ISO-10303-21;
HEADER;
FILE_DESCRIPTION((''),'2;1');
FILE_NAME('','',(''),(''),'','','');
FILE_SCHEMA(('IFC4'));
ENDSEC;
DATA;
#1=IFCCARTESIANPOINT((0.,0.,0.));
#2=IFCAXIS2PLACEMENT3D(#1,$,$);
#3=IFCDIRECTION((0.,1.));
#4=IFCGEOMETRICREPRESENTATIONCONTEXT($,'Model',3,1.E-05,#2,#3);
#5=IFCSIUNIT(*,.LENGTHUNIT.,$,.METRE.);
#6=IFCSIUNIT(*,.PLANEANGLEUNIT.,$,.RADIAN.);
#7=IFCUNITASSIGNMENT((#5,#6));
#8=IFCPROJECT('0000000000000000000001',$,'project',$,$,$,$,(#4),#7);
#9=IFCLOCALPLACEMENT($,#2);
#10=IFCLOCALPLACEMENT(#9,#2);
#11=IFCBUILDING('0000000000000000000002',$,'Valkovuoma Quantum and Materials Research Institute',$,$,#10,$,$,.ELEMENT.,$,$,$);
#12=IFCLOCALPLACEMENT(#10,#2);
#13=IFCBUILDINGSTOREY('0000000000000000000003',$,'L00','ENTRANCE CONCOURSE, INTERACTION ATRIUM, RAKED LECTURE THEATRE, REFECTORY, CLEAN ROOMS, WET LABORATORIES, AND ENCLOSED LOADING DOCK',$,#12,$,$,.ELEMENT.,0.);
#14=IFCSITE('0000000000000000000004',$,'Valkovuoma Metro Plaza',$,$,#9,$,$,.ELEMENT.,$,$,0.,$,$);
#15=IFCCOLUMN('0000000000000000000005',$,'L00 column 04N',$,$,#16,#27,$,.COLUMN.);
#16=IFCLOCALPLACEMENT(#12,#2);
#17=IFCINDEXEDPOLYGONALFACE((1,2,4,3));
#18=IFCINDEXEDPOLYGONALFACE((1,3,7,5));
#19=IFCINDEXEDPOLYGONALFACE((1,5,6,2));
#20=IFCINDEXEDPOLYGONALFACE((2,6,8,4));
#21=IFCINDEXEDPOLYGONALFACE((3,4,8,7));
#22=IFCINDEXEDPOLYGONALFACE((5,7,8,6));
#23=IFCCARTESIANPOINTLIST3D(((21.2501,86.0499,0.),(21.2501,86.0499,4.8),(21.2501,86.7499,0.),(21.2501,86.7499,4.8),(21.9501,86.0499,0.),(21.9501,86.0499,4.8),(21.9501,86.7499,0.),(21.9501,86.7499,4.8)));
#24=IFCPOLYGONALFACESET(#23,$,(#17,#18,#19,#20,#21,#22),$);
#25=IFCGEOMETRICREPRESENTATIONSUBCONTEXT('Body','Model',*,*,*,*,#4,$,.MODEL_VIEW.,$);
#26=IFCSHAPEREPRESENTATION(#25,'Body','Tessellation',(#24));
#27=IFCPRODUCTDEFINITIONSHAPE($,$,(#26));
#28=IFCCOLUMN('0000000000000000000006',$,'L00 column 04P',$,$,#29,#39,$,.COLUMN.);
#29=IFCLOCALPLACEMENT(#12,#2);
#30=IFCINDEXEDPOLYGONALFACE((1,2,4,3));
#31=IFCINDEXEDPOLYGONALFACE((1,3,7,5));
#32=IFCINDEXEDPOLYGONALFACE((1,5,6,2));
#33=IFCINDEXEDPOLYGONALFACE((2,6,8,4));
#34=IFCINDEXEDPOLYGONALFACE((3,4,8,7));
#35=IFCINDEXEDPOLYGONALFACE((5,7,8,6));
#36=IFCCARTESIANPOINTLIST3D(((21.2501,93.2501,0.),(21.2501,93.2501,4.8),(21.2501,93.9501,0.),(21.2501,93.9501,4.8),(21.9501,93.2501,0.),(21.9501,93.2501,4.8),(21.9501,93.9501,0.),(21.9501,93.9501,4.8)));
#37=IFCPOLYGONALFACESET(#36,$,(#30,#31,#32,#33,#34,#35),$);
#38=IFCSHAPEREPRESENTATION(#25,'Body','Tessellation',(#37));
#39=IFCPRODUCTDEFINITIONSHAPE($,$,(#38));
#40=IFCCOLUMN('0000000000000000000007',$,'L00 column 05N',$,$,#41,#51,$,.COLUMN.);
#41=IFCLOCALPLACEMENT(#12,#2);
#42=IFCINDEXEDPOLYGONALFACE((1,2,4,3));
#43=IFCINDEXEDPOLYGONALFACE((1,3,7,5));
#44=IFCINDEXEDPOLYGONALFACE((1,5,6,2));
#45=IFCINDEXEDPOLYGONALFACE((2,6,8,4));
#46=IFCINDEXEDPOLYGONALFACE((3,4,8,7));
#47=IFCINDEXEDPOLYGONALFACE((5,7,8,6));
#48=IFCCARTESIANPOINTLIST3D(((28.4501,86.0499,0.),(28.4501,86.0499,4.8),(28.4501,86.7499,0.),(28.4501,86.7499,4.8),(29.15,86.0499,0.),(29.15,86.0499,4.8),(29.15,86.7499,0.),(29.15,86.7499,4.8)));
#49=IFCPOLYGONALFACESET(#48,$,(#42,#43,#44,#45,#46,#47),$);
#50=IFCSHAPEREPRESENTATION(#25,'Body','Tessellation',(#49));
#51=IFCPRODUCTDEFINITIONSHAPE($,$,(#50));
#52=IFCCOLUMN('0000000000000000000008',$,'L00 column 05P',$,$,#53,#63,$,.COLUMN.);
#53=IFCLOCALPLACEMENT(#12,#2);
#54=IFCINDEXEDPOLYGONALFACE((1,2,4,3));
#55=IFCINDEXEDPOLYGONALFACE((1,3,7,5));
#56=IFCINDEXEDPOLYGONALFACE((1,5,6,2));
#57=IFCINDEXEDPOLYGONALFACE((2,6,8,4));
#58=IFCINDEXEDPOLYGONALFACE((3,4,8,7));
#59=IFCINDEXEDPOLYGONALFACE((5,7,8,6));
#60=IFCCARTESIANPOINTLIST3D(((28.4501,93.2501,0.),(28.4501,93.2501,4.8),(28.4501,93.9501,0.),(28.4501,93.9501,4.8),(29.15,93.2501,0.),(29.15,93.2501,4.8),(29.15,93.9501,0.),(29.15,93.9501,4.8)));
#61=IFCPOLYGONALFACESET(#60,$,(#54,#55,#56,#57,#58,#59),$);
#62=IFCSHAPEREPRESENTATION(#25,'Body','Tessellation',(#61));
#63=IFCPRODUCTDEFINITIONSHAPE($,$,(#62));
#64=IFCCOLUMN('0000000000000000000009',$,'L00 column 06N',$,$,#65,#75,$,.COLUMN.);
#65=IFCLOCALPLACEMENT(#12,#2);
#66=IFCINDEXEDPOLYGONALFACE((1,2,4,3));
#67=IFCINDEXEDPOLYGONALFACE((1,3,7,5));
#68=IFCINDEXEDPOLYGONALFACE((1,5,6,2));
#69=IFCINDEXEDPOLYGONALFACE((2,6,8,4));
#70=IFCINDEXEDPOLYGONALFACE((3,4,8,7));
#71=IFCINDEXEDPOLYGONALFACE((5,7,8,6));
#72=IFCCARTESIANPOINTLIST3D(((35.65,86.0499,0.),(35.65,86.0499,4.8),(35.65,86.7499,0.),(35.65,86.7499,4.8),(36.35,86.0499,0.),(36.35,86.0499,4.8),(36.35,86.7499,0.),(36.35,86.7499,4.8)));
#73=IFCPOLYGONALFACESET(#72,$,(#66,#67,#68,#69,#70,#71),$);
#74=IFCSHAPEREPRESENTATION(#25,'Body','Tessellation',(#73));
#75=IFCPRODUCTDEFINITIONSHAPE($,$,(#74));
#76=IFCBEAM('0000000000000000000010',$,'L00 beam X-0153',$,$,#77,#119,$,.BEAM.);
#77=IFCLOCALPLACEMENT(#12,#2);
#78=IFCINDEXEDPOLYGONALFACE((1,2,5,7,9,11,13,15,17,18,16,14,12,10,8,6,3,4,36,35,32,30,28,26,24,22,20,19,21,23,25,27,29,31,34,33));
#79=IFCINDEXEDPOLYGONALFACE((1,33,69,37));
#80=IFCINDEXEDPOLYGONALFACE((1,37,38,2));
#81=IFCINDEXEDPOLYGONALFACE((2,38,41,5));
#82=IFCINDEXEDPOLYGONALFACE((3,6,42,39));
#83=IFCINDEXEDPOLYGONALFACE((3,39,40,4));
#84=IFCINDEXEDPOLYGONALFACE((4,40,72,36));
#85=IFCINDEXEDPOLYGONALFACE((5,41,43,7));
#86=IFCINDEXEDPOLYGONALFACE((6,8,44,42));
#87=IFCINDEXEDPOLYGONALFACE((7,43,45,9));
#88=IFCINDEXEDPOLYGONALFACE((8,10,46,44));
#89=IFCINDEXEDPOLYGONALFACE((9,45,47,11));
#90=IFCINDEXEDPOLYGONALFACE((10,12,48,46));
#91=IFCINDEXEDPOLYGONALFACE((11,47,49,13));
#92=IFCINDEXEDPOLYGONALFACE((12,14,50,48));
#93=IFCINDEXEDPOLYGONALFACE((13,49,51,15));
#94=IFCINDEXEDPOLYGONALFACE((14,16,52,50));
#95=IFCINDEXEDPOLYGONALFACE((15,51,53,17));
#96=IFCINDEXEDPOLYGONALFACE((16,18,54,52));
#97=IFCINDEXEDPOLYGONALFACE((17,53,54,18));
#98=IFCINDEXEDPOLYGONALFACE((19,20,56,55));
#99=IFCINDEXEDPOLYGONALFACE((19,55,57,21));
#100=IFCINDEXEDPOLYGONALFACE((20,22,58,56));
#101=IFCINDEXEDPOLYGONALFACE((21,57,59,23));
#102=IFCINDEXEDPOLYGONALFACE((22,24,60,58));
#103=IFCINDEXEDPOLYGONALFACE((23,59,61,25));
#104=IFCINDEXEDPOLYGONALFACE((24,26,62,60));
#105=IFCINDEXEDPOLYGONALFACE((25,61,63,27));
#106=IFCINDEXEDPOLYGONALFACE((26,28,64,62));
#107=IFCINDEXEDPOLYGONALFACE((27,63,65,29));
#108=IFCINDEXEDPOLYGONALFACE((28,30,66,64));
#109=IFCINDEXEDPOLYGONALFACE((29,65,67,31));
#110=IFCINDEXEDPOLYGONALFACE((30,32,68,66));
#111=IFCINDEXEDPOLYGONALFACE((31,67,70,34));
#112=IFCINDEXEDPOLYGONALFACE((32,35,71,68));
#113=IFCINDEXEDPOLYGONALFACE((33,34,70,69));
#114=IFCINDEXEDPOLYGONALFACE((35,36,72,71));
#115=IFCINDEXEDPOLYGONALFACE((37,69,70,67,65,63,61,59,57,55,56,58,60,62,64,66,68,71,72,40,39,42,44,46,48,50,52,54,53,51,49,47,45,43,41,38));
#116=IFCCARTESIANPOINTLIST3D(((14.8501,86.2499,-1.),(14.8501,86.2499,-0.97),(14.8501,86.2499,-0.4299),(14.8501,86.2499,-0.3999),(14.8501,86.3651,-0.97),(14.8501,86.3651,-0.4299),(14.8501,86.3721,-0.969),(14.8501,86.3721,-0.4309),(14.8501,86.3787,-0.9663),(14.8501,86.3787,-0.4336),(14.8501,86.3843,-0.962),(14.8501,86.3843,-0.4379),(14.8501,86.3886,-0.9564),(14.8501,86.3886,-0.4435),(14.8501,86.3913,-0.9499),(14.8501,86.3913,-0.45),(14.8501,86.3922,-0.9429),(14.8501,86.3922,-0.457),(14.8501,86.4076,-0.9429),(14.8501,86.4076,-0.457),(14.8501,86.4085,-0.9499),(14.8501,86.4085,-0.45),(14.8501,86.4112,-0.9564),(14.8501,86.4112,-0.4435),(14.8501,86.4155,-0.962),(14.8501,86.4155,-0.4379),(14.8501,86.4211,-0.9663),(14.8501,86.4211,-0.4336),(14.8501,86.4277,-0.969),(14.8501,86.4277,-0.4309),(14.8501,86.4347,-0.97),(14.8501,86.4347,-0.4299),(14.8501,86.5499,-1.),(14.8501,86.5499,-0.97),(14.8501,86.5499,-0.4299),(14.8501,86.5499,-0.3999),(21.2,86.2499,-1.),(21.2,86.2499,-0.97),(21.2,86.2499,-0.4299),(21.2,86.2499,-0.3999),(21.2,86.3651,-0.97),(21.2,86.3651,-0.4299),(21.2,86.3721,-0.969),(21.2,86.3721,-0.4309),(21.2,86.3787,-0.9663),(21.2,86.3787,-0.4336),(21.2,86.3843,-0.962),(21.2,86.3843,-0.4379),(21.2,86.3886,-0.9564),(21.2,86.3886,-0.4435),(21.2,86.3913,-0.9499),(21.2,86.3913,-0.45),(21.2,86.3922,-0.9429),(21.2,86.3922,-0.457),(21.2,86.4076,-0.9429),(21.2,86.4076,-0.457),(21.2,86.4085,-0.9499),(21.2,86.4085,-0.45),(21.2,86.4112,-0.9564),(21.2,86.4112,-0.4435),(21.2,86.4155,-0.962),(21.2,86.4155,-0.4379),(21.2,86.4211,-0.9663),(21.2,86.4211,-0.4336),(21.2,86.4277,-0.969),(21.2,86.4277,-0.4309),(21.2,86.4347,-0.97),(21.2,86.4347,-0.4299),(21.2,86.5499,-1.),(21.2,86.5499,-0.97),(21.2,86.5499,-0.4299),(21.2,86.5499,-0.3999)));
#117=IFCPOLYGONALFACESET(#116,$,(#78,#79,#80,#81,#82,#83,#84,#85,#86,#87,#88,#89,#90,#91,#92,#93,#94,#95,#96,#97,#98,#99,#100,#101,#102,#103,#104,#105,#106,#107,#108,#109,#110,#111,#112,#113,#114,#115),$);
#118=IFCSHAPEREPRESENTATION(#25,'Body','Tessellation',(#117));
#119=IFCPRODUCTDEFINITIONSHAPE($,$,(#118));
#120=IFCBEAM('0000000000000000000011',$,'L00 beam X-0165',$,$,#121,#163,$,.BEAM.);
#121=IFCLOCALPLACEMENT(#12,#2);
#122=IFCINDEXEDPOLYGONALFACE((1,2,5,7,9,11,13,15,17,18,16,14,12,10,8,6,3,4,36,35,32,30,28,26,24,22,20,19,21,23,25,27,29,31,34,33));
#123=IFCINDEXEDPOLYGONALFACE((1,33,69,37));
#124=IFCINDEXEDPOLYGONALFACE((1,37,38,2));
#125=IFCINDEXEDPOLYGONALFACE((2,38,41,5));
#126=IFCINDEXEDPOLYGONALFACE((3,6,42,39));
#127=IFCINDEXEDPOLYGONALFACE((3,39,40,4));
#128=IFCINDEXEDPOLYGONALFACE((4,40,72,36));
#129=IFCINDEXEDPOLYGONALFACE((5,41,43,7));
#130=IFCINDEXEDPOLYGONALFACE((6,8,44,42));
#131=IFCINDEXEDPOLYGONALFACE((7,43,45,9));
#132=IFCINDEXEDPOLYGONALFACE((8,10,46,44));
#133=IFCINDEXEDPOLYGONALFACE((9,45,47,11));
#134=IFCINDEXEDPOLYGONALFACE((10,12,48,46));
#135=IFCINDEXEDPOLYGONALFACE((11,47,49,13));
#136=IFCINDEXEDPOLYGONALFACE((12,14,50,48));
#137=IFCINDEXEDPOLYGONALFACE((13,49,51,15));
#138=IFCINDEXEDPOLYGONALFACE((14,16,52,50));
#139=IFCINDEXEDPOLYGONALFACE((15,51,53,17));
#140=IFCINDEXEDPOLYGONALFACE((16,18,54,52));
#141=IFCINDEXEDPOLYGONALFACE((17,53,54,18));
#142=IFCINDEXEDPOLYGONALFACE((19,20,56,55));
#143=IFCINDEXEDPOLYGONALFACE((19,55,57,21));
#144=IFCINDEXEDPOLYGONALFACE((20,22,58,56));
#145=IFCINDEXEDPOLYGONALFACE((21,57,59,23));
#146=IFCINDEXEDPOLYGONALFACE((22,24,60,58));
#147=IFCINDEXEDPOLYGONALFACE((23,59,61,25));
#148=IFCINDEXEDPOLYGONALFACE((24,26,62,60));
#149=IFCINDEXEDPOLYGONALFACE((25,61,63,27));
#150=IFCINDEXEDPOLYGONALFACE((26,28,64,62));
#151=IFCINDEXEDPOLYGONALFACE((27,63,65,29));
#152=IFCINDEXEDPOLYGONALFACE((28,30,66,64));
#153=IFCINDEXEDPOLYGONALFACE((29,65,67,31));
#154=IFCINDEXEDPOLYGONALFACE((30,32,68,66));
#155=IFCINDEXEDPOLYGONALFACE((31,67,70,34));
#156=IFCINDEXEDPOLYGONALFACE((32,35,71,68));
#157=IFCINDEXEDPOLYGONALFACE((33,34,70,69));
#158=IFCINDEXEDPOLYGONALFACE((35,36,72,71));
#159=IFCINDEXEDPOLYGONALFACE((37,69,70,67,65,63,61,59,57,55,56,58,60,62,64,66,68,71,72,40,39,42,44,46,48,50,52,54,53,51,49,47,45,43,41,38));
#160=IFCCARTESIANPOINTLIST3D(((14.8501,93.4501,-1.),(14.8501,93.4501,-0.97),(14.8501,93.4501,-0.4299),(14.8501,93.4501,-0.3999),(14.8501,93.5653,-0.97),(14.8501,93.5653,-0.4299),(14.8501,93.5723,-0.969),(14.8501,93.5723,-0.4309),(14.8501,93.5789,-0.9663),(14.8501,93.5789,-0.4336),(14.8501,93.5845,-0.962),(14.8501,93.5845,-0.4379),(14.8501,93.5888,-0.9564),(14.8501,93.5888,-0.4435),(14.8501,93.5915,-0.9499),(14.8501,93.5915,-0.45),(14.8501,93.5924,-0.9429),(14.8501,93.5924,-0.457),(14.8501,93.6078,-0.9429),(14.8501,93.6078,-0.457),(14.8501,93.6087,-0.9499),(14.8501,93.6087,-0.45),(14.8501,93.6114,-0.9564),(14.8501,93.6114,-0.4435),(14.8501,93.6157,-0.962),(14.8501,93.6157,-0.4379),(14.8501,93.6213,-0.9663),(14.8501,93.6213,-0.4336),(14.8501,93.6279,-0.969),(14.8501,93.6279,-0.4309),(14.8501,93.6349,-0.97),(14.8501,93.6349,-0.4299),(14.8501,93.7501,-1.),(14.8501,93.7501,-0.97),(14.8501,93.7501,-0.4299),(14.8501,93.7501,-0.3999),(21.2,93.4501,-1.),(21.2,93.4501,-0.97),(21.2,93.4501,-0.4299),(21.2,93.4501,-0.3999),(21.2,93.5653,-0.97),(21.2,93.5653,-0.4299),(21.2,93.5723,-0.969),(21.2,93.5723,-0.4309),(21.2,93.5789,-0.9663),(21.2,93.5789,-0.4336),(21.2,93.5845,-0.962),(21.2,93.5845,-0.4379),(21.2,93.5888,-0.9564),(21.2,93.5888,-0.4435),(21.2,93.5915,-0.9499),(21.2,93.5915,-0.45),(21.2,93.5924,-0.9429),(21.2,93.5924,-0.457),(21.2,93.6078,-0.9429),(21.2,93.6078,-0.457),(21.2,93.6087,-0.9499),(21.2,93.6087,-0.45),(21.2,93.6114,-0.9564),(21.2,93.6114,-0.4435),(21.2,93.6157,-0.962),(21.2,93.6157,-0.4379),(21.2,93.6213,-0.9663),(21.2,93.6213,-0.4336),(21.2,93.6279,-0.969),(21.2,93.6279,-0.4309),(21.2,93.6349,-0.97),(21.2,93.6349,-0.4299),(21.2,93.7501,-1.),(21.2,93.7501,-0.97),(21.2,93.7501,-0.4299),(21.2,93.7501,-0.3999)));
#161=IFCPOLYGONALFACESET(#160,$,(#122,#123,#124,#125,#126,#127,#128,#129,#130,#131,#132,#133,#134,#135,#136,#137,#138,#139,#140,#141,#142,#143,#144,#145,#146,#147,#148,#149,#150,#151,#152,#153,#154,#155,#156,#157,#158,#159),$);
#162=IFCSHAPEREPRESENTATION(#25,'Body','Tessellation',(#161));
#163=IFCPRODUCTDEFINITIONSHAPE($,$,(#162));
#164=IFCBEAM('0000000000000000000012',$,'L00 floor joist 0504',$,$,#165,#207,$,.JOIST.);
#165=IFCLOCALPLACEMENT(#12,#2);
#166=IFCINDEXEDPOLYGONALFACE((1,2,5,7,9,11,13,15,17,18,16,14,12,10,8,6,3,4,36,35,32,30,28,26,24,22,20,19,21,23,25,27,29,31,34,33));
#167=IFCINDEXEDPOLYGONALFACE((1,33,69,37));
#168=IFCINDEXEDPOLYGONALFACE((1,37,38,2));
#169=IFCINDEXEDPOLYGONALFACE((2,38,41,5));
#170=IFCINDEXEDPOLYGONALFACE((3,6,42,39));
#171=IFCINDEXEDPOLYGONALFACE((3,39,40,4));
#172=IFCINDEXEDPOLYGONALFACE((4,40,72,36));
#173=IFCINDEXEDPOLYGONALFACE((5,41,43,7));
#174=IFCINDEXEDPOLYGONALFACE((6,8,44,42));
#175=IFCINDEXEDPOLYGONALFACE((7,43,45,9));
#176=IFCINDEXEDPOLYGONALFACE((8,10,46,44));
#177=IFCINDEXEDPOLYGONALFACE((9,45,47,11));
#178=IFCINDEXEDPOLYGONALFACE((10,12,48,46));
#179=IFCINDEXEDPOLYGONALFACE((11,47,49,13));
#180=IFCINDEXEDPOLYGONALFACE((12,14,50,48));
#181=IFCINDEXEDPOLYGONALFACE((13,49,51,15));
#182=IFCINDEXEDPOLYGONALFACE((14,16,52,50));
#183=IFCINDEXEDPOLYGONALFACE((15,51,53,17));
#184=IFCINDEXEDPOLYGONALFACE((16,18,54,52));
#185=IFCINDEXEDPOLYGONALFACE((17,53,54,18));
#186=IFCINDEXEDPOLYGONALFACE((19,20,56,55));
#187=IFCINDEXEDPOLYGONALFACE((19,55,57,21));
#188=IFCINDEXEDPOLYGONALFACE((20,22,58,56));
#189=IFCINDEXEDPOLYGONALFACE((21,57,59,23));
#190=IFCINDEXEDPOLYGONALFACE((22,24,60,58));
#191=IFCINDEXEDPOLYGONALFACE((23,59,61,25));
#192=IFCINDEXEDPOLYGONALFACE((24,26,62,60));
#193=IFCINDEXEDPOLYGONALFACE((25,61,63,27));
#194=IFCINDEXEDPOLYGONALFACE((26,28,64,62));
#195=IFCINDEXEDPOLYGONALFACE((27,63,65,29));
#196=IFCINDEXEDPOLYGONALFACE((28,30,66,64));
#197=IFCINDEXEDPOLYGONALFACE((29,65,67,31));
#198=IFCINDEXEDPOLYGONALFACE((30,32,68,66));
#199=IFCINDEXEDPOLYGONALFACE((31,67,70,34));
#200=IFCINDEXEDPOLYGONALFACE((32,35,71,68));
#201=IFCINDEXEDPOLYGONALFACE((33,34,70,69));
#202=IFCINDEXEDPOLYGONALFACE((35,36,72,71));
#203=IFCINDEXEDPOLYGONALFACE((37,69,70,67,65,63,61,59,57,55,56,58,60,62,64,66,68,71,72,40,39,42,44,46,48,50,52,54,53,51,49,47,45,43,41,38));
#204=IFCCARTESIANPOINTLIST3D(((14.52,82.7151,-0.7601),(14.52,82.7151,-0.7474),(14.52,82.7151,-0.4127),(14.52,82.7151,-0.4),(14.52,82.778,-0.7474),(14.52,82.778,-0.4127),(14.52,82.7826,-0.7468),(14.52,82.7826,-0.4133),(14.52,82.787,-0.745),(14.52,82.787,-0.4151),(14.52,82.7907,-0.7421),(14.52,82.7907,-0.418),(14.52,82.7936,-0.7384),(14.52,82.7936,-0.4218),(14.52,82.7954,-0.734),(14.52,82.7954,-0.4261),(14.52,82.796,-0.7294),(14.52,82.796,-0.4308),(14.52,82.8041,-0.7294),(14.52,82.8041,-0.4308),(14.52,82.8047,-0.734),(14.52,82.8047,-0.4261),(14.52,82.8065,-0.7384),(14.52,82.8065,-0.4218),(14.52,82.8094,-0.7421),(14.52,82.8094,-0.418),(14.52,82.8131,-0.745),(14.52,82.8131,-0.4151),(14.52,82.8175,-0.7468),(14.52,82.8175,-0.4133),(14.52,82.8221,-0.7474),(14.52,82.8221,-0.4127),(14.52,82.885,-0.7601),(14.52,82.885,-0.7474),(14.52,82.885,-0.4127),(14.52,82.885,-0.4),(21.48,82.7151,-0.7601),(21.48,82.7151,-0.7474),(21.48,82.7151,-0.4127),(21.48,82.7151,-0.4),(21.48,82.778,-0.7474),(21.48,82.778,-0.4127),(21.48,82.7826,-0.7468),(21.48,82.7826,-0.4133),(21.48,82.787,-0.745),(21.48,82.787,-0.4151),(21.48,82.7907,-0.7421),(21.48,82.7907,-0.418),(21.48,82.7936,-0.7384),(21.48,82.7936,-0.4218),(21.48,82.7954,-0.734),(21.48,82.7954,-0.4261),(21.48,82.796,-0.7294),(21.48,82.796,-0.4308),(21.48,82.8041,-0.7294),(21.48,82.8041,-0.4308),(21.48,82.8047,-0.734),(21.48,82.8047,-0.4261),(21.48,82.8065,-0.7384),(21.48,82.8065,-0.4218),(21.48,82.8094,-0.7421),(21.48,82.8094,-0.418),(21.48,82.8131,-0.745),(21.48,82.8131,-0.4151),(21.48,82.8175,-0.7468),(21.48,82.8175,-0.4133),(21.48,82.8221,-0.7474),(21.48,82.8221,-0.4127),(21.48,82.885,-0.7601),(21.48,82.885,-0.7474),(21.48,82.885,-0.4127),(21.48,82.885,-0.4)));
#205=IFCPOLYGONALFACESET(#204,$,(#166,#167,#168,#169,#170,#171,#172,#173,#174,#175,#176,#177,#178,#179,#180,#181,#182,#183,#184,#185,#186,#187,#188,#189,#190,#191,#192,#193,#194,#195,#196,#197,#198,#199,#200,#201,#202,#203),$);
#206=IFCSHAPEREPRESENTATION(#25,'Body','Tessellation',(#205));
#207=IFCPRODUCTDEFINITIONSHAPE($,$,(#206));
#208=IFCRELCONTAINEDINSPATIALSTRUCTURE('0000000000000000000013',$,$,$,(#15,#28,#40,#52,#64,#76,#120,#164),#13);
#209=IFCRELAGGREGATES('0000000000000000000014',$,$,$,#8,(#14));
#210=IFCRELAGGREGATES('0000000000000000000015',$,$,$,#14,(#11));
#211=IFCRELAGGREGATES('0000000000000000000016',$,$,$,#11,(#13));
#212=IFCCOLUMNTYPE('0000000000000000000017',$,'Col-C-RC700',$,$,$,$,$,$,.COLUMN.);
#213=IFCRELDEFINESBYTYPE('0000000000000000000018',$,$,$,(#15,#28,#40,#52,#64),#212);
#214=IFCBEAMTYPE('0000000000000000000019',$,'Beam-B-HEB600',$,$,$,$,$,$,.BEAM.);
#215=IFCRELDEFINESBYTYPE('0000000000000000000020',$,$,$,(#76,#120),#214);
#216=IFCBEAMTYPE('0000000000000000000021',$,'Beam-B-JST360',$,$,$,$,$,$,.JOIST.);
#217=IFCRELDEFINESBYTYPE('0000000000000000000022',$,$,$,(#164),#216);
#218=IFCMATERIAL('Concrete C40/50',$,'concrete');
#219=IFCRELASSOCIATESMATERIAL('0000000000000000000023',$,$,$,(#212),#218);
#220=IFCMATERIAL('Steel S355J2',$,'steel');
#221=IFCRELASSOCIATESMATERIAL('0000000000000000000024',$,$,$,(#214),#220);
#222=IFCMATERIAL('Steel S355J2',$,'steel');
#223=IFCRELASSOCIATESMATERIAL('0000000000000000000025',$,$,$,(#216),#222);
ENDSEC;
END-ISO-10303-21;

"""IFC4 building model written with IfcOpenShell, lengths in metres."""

from ifc_helpers import new_model, si_unit, direction, frame, origin, origin_2d, place, context, subcontext, project, spatial, rectangle, i_section, extrude, material, material_profile, profile_set, type_object, element, save


model = new_model("IFC4")

# Units and contexts
model_context = context("Model", 3, precision=1e-05, world=origin(), true_north=direction((0.0, 1.0)))
body_context = subcontext(model_context, "Body", "Model", "MODEL_VIEW")
ifc_project = project(units=[si_unit("LENGTHUNIT", "METRE"), si_unit("PLANEANGLEUNIT", "RADIAN")], contexts=[model_context])

# Site, building, storey
site_placement = place(None, origin())
site = spatial("IfcSite", under=ifc_project, at=site_placement, Name="Valkovuoma Metro Plaza", CompositionType="ELEMENT", RefElevation=0.0)
building_placement = place(site_placement, origin())
building = spatial("IfcBuilding", under=site, at=building_placement, Name="Valkovuoma Quantum and Materials Research Institute", CompositionType="ELEMENT")
storey_placement = place(building_placement, origin())
storey = spatial("IfcBuildingStorey", under=building, at=storey_placement, Name="L00", Description="ENTRANCE CONCOURSE, INTERACTION ATRIUM, RAKED LECTURE THEATRE, REFECTORY, CLEAN ROOMS, WET LABORATORIES, AND ENCLOSED LOADING DOCK", CompositionType="ELEMENT", Elevation=0.0)

# Columns
ifc_material_1 = material(Name="Concrete C40/50", Category="concrete")
ifc_material_profile_1 = material_profile(ifc_material_1, rectangle(XDim=0.7, YDim=0.7, at=origin_2d()), Name="Concrete C40/50")
ifc_profile_set_1 = profile_set([ifc_material_profile_1], Name="Concrete C40/50")
column_type = type_object("IfcColumnType", Name="Col-C-RC700", PredefinedType="COLUMN", material=ifc_profile_set_1)
for number, where, z_axis, x_axis, name in (
    (1, (21.6001, 86.3999, 0.0), (0.0, 0.0, 1.0), (1.0, 0.0, 0.0), "L00 column 04N"),
    (2, (21.6001, 93.6001, 0.0), (0.0, 0.0, 1.0), (1.0, 0.0, 0.0), "L00 column 04P"),
    (3, (28.8, 86.3999, 0.0), (0.0, 0.0, 1.0), (1.0, 0.0, 0.0), "L00 column 05N"),
    (4, (28.8, 93.6001, 0.0), (0.0, 0.0, 1.0), (1.0, 0.0, 0.0), "L00 column 05P"),
    (5, (36.0, 86.3999, 0.0), (0.0, 0.0, 1.0), (1.0, 0.0, 0.0), "L00 column 06N"),
):
    element("IfcColumn", number, at=place(storey_placement, frame(where, z_axis=z_axis, x_axis=x_axis)), inside=storey, type_object=column_type, Name=name, PredefinedType="COLUMN", context=body_context, shape_type="SweptSolid", body=[
        extrude(rectangle(XDim=0.7, YDim=0.7, at=origin_2d()), origin(), (0.0, 0.0, 1.0), 4.8),
    ])

# Beams
ifc_material_2 = material(Name="Steel S355J2", Category="steel")
ifc_material_profile_2 = material_profile(ifc_material_2, i_section(OverallWidth=0.3, OverallDepth=0.6001, WebThickness=0.0154, FlangeThickness=0.03, FilletRadius=0.0271, at=origin_2d()), Name="Steel S355J2")
ifc_profile_set_2 = profile_set([ifc_material_profile_2], Name="Steel S355J2")
beam_type_1 = type_object("IfcBeamType", Name="Beam-B-HEB600", PredefinedType="BEAM", material=ifc_profile_set_2)
for number, where, z_axis, x_axis, name in (
    (6, (14.8501, 86.3999, -0.7), (1.0, 0.0, 0.0), (0.0, 1.0, 0.0), "L00 beam X-0153"),
    (7, (14.8501, 93.6001, -0.7), (1.0, 0.0, 0.0), (0.0, 1.0, 0.0), "L00 beam X-0165"),
):
    element("IfcBeam", number, at=place(storey_placement, frame(where, z_axis=z_axis, x_axis=x_axis)), inside=storey, type_object=beam_type_1, Name=name, PredefinedType="BEAM", context=body_context, shape_type="SweptSolid", body=[
        extrude(i_section(OverallWidth=0.3, OverallDepth=0.6001, WebThickness=0.0154, FlangeThickness=0.03, FilletRadius=0.0271, at=origin_2d()), origin(), (0.0, 0.0, 1.0), 6.3499),
    ])
ifc_material_3 = material(Name="Steel S355J2", Category="steel")
ifc_material_profile_3 = material_profile(ifc_material_3, i_section(OverallWidth=0.1699, OverallDepth=0.3601, WebThickness=0.0081, FlangeThickness=0.0127, FilletRadius=0.0181, at=origin_2d()), Name="Steel S355J2")
ifc_profile_set_3 = profile_set([ifc_material_profile_3], Name="Steel S355J2")
beam_type_2 = type_object("IfcBeamType", Name="Beam-B-JST360", PredefinedType="JOIST", material=ifc_profile_set_3)
for number, where, z_axis, x_axis, name in (
    (8, (14.52, 82.8, -0.5801), (1.0, 0.0, 0.0), (0.0, 1.0, 0.0), "L00 floor joist 0504"),
):
    element("IfcBeam", number, at=place(storey_placement, frame(where, z_axis=z_axis, x_axis=x_axis)), inside=storey, type_object=beam_type_2, Name=name, PredefinedType="JOIST", context=body_context, shape_type="SweptSolid", body=[
        extrude(i_section(OverallWidth=0.1699, OverallDepth=0.3601, WebThickness=0.0081, FlangeThickness=0.0127, FilletRadius=0.0181, at=origin_2d()), origin(), (0.0, 0.0, 1.0), 6.96),
    ])

save(model, "model.ifc")
